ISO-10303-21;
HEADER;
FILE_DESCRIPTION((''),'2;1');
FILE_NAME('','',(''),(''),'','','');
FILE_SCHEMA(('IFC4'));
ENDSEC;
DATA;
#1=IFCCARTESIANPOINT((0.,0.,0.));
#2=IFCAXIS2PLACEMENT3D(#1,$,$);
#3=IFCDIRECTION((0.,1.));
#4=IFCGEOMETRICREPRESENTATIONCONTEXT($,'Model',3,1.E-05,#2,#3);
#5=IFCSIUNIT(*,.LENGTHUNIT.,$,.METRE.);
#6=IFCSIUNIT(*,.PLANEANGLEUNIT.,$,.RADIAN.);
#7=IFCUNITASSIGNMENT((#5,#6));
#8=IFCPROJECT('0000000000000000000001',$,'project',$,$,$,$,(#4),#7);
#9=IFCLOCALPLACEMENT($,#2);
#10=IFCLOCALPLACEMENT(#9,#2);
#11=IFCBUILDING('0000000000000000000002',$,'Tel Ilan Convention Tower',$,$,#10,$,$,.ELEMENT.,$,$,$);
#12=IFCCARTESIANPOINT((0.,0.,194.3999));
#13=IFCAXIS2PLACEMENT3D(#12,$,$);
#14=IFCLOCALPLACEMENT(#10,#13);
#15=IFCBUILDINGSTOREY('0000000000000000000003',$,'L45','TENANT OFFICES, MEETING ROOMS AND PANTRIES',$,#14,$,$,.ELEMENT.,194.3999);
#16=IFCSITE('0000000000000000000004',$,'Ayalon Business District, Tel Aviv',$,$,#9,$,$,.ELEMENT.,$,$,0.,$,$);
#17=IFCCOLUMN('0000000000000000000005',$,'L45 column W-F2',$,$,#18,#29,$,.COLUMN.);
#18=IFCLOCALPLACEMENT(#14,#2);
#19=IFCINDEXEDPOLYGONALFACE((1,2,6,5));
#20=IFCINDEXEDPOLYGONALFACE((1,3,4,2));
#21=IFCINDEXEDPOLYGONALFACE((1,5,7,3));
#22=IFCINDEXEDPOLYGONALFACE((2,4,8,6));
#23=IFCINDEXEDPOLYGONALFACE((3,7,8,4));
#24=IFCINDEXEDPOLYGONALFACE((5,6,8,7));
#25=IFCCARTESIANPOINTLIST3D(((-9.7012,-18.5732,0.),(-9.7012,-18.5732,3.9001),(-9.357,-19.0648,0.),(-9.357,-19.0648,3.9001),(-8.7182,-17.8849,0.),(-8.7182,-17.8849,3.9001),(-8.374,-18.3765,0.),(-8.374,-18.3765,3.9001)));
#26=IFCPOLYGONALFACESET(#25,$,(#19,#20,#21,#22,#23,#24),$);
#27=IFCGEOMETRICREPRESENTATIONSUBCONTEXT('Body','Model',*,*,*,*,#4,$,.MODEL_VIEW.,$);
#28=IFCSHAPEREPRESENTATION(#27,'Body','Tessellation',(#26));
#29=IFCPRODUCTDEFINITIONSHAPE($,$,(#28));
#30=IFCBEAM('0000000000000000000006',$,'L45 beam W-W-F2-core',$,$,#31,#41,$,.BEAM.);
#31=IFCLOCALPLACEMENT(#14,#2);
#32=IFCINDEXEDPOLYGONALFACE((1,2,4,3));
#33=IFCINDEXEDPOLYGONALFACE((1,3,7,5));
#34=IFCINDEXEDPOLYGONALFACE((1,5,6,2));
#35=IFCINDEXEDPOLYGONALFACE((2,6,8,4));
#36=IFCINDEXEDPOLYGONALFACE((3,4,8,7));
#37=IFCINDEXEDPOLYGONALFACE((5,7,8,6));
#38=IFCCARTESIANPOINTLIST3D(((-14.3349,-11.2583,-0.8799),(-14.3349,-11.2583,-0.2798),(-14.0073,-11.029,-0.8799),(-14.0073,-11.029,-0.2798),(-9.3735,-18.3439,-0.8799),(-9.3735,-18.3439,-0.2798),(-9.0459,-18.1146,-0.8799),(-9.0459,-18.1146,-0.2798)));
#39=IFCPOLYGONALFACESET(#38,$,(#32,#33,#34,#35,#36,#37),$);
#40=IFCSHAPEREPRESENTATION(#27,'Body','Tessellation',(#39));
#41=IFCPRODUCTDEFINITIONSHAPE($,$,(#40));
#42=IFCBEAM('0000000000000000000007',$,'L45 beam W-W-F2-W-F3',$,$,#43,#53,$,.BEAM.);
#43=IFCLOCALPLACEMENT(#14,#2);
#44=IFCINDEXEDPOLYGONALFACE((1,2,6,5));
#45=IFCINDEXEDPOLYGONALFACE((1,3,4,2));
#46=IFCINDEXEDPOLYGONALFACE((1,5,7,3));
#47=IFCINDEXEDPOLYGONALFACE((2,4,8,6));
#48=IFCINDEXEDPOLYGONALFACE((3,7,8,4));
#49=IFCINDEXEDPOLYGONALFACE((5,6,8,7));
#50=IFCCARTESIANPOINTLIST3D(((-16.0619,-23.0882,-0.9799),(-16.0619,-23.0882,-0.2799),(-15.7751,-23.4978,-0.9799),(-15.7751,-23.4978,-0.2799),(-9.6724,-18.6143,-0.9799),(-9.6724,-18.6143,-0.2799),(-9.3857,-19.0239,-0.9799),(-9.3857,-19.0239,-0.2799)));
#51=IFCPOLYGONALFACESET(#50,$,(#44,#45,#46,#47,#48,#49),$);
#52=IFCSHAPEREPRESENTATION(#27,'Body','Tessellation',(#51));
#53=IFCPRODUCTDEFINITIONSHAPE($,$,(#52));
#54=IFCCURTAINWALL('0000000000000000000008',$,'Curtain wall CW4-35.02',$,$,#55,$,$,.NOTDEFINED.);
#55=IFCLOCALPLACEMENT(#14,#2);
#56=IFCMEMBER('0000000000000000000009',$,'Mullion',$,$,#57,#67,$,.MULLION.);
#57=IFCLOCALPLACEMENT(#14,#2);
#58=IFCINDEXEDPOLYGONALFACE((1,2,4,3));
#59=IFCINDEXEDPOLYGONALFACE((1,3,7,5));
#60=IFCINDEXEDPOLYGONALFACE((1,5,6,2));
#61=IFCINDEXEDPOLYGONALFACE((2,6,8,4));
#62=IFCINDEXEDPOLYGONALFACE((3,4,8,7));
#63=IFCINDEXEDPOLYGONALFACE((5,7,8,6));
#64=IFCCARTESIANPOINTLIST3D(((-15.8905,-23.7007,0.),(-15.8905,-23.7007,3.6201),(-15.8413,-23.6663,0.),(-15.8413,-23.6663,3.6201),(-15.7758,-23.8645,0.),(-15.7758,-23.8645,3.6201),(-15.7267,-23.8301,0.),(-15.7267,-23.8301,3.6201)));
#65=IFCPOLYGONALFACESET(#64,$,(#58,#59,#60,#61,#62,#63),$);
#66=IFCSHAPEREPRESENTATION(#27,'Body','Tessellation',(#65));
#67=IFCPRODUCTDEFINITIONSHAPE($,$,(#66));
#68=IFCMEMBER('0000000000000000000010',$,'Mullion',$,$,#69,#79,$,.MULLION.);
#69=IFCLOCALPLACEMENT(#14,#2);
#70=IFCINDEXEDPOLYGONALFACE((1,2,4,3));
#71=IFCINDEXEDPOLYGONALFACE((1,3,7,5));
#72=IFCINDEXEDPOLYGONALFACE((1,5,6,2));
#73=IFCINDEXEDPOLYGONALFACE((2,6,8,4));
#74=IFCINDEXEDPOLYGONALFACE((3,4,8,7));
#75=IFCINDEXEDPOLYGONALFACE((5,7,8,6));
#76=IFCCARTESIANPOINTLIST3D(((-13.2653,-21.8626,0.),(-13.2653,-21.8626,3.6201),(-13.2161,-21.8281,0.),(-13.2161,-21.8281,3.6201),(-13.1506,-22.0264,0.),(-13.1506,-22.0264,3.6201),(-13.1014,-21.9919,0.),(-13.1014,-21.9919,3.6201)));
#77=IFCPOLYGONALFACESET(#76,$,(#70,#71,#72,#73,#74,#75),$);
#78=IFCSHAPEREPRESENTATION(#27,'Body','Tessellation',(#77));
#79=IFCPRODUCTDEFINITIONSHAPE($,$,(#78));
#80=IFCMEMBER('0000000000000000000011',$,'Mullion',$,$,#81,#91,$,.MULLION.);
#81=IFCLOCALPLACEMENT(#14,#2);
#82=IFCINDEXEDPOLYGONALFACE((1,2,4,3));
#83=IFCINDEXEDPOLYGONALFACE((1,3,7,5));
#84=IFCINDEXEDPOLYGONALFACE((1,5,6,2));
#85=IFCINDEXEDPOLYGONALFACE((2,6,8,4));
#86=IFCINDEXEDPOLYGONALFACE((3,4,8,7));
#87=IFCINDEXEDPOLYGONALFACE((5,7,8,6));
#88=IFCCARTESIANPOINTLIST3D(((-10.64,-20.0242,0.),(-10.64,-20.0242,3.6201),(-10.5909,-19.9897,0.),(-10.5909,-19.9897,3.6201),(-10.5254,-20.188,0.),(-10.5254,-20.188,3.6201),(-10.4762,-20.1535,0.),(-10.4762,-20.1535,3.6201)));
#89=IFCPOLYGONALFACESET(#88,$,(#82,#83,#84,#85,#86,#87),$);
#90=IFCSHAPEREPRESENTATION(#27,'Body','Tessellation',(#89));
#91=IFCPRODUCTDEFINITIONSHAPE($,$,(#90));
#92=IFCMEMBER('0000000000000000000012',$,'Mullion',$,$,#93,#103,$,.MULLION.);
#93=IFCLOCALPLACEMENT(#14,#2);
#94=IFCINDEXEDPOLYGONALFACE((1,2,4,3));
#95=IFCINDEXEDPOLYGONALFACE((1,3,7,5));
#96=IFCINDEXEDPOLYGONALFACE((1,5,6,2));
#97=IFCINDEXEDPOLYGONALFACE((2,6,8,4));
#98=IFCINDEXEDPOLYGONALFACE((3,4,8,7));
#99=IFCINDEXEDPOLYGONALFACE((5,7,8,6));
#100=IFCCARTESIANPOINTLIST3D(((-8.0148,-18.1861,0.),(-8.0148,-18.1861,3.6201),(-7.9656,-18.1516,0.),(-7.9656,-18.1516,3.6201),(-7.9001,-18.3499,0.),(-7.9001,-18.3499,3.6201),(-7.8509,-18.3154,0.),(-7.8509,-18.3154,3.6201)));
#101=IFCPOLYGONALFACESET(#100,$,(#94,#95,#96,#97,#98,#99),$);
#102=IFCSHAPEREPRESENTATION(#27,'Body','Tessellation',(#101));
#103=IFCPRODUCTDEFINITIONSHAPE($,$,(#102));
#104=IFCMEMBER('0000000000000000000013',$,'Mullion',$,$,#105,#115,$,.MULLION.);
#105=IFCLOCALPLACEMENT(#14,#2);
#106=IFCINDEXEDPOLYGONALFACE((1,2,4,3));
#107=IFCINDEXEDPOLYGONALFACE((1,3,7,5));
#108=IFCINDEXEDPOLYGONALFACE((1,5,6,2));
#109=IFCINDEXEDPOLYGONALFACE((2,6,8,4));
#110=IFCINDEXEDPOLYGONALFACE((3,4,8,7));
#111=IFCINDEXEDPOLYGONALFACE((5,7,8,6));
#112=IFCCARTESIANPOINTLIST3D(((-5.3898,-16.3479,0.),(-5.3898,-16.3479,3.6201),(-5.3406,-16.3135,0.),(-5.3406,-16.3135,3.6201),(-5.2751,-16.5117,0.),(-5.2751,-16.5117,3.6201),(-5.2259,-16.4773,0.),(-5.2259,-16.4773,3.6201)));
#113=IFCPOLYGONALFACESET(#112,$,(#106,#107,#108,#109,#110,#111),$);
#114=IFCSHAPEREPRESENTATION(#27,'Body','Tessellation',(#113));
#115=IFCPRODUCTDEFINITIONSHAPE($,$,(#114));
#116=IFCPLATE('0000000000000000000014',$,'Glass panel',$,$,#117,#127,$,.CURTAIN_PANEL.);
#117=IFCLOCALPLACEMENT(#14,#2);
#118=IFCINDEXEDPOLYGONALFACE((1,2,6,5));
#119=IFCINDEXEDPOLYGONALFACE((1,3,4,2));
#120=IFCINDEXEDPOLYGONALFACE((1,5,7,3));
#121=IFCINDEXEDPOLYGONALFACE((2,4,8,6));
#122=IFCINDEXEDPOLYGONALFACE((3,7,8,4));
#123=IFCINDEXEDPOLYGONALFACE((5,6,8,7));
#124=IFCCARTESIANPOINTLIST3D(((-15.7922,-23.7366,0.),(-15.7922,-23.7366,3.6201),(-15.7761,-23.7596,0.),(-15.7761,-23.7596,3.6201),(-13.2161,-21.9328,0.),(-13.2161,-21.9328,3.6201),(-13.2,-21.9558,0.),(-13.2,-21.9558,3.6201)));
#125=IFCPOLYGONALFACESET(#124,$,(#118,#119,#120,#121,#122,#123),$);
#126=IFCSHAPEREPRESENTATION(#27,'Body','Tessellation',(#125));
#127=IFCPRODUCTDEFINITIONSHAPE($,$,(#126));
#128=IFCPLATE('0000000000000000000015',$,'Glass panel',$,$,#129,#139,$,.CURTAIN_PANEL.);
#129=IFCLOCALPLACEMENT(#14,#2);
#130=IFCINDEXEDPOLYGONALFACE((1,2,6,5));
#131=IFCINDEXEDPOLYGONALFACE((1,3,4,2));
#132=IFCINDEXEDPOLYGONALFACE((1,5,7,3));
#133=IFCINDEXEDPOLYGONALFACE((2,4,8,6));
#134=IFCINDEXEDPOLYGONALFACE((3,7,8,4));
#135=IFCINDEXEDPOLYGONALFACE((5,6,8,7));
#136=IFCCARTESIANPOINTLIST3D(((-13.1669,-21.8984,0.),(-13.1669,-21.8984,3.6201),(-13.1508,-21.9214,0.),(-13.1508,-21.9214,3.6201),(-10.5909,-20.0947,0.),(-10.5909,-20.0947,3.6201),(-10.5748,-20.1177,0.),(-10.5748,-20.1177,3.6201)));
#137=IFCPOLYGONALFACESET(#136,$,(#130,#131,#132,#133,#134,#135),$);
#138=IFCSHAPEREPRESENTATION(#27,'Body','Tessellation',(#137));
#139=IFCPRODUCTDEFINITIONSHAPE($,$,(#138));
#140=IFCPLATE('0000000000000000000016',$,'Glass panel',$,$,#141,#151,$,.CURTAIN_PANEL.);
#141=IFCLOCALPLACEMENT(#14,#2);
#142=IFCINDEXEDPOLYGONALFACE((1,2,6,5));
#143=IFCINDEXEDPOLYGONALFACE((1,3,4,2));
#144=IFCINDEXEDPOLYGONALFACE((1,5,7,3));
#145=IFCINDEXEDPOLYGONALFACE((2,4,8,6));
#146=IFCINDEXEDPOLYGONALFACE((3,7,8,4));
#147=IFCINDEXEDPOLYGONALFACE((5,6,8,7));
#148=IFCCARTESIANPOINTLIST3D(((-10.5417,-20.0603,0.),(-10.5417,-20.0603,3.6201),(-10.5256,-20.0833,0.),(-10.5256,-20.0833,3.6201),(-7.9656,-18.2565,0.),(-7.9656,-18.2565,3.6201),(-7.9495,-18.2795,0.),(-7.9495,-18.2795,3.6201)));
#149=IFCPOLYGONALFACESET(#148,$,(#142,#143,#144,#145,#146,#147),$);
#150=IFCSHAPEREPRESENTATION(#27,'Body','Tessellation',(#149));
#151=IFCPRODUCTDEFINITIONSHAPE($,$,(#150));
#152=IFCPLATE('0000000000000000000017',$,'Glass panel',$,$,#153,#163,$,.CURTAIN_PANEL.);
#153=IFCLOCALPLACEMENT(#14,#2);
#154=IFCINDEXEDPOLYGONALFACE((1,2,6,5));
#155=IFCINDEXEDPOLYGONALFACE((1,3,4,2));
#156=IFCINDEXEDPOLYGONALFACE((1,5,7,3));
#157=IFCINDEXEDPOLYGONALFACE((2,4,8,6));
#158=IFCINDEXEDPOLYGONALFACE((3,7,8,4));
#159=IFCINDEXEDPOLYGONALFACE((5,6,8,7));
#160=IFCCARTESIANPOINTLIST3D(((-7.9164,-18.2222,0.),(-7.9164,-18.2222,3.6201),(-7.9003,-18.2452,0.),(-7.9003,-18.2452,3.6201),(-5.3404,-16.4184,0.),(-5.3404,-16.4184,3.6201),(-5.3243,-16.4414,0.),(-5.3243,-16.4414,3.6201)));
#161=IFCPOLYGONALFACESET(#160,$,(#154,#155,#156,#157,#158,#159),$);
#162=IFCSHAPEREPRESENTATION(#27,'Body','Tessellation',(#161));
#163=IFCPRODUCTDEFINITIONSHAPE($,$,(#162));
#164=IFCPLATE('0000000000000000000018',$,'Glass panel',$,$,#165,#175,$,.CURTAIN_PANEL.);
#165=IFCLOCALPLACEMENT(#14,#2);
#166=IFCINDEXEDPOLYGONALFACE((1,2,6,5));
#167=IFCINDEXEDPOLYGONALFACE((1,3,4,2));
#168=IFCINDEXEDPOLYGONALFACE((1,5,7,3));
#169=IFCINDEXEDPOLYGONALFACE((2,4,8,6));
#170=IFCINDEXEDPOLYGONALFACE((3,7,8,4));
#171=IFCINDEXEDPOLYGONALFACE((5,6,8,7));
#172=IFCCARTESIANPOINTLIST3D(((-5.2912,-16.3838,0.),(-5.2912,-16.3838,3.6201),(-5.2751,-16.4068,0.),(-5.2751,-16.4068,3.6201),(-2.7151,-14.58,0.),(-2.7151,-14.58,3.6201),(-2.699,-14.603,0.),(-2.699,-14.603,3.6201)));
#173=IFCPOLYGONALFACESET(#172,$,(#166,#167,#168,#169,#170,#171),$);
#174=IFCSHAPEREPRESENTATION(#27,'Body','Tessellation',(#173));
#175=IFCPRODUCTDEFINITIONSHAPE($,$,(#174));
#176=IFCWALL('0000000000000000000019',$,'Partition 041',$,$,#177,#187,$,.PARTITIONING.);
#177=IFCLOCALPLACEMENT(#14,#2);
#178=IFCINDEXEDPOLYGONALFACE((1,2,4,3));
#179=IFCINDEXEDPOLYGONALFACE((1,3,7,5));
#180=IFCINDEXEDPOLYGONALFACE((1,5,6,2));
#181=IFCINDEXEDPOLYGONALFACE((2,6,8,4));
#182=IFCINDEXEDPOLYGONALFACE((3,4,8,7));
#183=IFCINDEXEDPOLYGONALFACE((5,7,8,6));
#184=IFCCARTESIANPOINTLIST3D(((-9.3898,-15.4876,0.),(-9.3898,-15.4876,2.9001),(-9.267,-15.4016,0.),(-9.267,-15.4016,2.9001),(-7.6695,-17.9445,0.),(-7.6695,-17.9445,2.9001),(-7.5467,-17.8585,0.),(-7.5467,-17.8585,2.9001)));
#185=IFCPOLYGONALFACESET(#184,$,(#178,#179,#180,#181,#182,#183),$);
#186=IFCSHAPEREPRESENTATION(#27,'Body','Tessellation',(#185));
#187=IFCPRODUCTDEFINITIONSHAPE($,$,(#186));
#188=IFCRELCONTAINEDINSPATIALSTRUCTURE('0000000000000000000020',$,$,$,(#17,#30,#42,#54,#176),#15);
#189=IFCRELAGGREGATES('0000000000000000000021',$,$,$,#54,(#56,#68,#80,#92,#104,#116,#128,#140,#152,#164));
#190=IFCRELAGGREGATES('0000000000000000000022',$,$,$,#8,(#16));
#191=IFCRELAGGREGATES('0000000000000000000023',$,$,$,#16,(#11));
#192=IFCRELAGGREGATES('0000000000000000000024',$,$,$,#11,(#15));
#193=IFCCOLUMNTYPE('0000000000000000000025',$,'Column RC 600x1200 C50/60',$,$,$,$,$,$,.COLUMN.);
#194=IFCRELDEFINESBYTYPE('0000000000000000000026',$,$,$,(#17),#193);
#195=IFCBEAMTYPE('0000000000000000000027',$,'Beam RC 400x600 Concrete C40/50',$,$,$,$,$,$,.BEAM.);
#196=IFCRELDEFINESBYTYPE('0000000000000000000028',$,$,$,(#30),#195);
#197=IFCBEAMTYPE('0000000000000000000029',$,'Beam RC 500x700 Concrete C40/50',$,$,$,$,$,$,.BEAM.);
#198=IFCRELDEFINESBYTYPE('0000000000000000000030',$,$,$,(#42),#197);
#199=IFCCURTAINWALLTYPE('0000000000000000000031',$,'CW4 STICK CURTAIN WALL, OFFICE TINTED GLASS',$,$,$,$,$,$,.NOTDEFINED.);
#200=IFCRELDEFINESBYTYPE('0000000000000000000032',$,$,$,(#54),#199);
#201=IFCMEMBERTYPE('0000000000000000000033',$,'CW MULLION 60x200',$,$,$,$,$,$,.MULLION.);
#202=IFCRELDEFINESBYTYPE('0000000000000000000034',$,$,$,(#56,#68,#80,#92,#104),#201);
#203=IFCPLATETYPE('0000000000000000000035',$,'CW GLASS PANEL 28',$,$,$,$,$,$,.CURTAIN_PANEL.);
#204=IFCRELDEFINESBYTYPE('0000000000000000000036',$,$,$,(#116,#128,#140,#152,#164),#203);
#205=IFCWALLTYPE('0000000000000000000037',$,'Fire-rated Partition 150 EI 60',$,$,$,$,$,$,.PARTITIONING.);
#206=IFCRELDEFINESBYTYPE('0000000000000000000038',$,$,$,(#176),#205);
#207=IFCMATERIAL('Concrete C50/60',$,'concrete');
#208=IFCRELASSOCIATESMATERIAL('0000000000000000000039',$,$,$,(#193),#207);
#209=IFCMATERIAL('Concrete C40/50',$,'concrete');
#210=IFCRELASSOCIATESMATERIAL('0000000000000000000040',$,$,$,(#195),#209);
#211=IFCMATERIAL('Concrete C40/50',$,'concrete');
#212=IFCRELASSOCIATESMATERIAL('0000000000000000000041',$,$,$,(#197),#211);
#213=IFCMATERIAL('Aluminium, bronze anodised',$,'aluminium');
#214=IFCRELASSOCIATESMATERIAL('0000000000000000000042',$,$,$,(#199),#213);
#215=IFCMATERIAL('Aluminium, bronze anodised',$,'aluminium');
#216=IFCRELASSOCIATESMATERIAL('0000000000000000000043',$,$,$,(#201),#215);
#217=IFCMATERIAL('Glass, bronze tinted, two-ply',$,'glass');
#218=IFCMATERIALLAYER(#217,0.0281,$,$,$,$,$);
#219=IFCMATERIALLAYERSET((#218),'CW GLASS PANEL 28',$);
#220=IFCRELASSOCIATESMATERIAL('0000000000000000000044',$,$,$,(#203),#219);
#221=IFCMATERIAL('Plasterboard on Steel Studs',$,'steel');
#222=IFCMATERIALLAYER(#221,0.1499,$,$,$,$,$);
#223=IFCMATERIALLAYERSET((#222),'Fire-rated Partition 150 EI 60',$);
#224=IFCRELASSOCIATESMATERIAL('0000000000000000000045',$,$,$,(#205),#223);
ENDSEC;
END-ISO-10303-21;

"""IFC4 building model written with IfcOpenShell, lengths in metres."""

from ifc_helpers import new_model, si_unit, direction, frame, frame_2d, origin, origin_2d, place, context, subcontext, project, spatial, rectangle, extrude, material, layer, layer_set, material_profile, profile_set, type_object, element, aggregate, save


model = new_model("IFC4")

# Units and contexts
model_context = context("Model", 3, precision=1e-05, world=origin(), true_north=direction((0.0, 1.0)))
body_context = subcontext(model_context, "Body", "Model", "MODEL_VIEW")
ifc_project = project(units=[si_unit("LENGTHUNIT", "METRE"), si_unit("PLANEANGLEUNIT", "RADIAN")], contexts=[model_context])

# Site, building, storey
site_placement = place(None, origin())
site = spatial("IfcSite", under=ifc_project, at=site_placement, Name="Ayalon Business District, Tel Aviv", CompositionType="ELEMENT", RefElevation=0.0)
building_placement = place(site_placement, origin())
building = spatial("IfcBuilding", under=site, at=building_placement, Name="Tel Ilan Convention Tower", CompositionType="ELEMENT")
storey_placement = place(building_placement, frame((0.0, 0.0, 194.3999)))
storey = spatial("IfcBuildingStorey", under=building, at=storey_placement, Name="L45", Description="TENANT OFFICES, MEETING ROOMS AND PANTRIES", CompositionType="ELEMENT", Elevation=194.3999)

# Column
ifc_material_1 = material(Name="Concrete C50/60", Category="concrete")
ifc_material_profile_1 = material_profile(ifc_material_1, rectangle(XDim=1.2, YDim=0.6001, at=origin_2d()), Name="RC 600x1200")
ifc_profile_set_1 = profile_set([ifc_material_profile_1], Name="Concrete C50/60")
column_type = type_object("IfcColumnType", Name="Column RC 600x1200 C50/60", PredefinedType="COLUMN", material=ifc_profile_set_1)
column_placement = place(storey_placement, frame((-9.0376, -18.4749, 0.0), z_axis=(0.0, 0.0, 1.0), x_axis=(-0.819152, -0.573576, 0.0)))
element("IfcColumn", 1, at=column_placement, inside=storey, type_object=column_type, Name="L45 column W-F2", PredefinedType="COLUMN", context=body_context, shape_type="SweptSolid", body=[
    extrude(rectangle(XDim=1.2, YDim=0.6001, at=origin_2d()), origin(), (0.0, 0.0, 1.0), 3.9001),
])

# Beams
ifc_material_2 = material(Name="Concrete C40/50", Category="concrete")
ifc_material_profile_2 = material_profile(ifc_material_2, rectangle(XDim=0.3999, YDim=0.6001, at=origin_2d()), Name="RC 400x600")
ifc_profile_set_2 = profile_set([ifc_material_profile_2], Name="Concrete C40/50")
beam_type_1 = type_object("IfcBeamType", Name="Beam RC 400x600 Concrete C40/50", PredefinedType="BEAM", material=ifc_profile_set_2)
beam_1_placement = place(storey_placement, frame((-9.2097, -18.2292, -0.5798), z_axis=(-0.573574, 0.819154, 0.0), x_axis=(-0.819154, -0.573574, 0.0)))
element("IfcBeam", 2, at=beam_1_placement, inside=storey, type_object=beam_type_1, Name="L45 beam W-W-F2-core", PredefinedType="BEAM", context=body_context, shape_type="SweptSolid", body=[
    extrude(rectangle(XDim=0.3999, YDim=0.6001, at=origin_2d()), origin(), (0.0, 0.0, 1.0), 8.6499),
])
ifc_material_3 = material(Name="Concrete C40/50", Category="concrete")
ifc_material_profile_3 = material_profile(ifc_material_3, rectangle(XDim=0.5, YDim=0.7, at=origin_2d()), Name="RC 500x700")
ifc_profile_set_3 = profile_set([ifc_material_profile_3], Name="Concrete C40/50")
beam_type_2 = type_object("IfcBeamType", Name="Beam RC 500x700 Concrete C40/50", PredefinedType="BEAM", material=ifc_profile_set_3)
beam_2_placement = place(storey_placement, frame((-9.5291, -18.8191, -0.6299), z_axis=(-0.819154, -0.573574, 0.0), x_axis=(0.573574, -0.819154, 0.0)))
element("IfcBeam", 3, at=beam_2_placement, inside=storey, type_object=beam_type_2, Name="L45 beam W-W-F2-W-F3", PredefinedType="BEAM", context=body_context, shape_type="SweptSolid", body=[
    extrude(rectangle(XDim=0.5, YDim=0.7, at=origin_2d()), origin(), (0.0, 0.0, 1.0), 7.8),
])

# Curtain wall, members, plates
ifc_material_4 = material(Name="Aluminium, bronze anodised", Category="aluminium")
curtain_wall_type = type_object("IfcCurtainWallType", Name="CW4 STICK CURTAIN WALL, OFFICE TINTED GLASS", PredefinedType="NOTDEFINED", material=ifc_material_4)
curtain_wall_placement = place(storey_placement, origin())
curtain_wall = element("IfcCurtainWall", 4, at=curtain_wall_placement, inside=storey, type_object=curtain_wall_type, Name="Curtain wall CW4-35.02", PredefinedType="NOTDEFINED")
ifc_material_5 = material(Name="Aluminium, bronze anodised", Category="aluminium")
ifc_material_profile_4 = material_profile(ifc_material_5, rectangle(XDim=0.0601, YDim=0.2, at=origin_2d()), Name="CW MULLION 60x200")
ifc_profile_set_4 = profile_set([ifc_material_profile_4], Name="Aluminium, bronze anodised")
member_type = type_object("IfcMemberType", Name="CW MULLION 60x200", PredefinedType="MULLION", material=ifc_profile_set_4)
member_1_placement = place(storey_placement, frame((-15.8086, -23.7654, 0.0), z_axis=(0.0, 0.0, 1.0), x_axis=(0.819152, 0.573576, 0.0)))
member_1 = element("IfcMember", 5, at=member_1_placement, type_object=member_type, Name="Mullion", PredefinedType="MULLION", context=body_context, shape_type="SweptSolid", body=[
    extrude(rectangle(XDim=0.0601, YDim=0.2, at=origin_2d()), origin(), (0.0, 0.0, 1.0), 3.6201),
])
member_2_placement = place(storey_placement, frame((-13.1833, -21.9272, 0.0), z_axis=(0.0, 0.0, 1.0), x_axis=(0.819152, 0.573576, 0.0)))
member_2 = element("IfcMember", 6, at=member_2_placement, type_object=member_type, Name="Mullion", PredefinedType="MULLION", context=body_context, shape_type="SweptSolid", body=[
    extrude(rectangle(XDim=0.0601, YDim=0.2, at=origin_2d()), origin(), (0.0, 0.0, 1.0), 3.6201),
])
member_3_placement = place(storey_placement, frame((-10.5581, -20.0889, 0.0), z_axis=(0.0, 0.0, 1.0), x_axis=(0.819152, 0.573576, 0.0)))
member_3 = element("IfcMember", 7, at=member_3_placement, type_object=member_type, Name="Mullion", PredefinedType="MULLION", context=body_context, shape_type="SweptSolid", body=[
    extrude(rectangle(XDim=0.0601, YDim=0.2, at=origin_2d()), origin(), (0.0, 0.0, 1.0), 3.6201),
])
member_4_placement = place(storey_placement, frame((-7.9329, -18.2507, 0.0), z_axis=(0.0, 0.0, 1.0), x_axis=(0.819152, 0.573576, 0.0)))
member_4 = element("IfcMember", 8, at=member_4_placement, type_object=member_type, Name="Mullion", PredefinedType="MULLION", context=body_context, shape_type="SweptSolid", body=[
    extrude(rectangle(XDim=0.0601, YDim=0.2, at=origin_2d()), origin(), (0.0, 0.0, 1.0), 3.6201),
])
member_5_placement = place(storey_placement, frame((-5.3079, -16.4126, 0.0), z_axis=(0.0, 0.0, 1.0), x_axis=(0.819152, 0.573576, 0.0)))
member_5 = element("IfcMember", 9, at=member_5_placement, type_object=member_type, Name="Mullion", PredefinedType="MULLION", context=body_context, shape_type="SweptSolid", body=[
    extrude(rectangle(XDim=0.0601, YDim=0.2, at=origin_2d()), origin(), (0.0, 0.0, 1.0), 3.6201),
])
ifc_material_6 = material(Name="Glass, bronze tinted, two-ply", Category="glass")
ifc_layer_1 = layer(ifc_material_6, 0.0281)
ifc_layer_set_1 = layer_set([ifc_layer_1], Name="CW GLASS PANEL 28")
plate_type = type_object("IfcPlateType", Name="CW GLASS PANEL 28", PredefinedType="CURTAIN_PANEL", material=ifc_layer_set_1)
plate_1_placement = place(storey_placement, frame((-14.4961, -22.8462, 0.0), z_axis=(0.0, 0.0, 1.0), x_axis=(0.819152, 0.573576, 0.0)))
plate_1 = element("IfcPlate", 10, at=plate_1_placement, type_object=plate_type, Name="Glass panel", PredefinedType="CURTAIN_PANEL", context=body_context, shape_type="SweptSolid", body=[
    extrude(rectangle(XDim=3.1448, YDim=0.0281, at=origin_2d()), origin(), (0.0, 0.0, 1.0), 3.6201),
])
plate_2_placement = place(storey_placement, frame((-11.8708, -21.0081, 0.0), z_axis=(0.0, 0.0, 1.0), x_axis=(0.819152, 0.573576, 0.0)))
plate_2 = element("IfcPlate", 11, at=plate_2_placement, type_object=plate_type, Name="Glass panel", PredefinedType="CURTAIN_PANEL", context=body_context, shape_type="SweptSolid", body=[
    extrude(rectangle(XDim=3.1448, YDim=0.0281, at=origin_2d()), origin(), (0.0, 0.0, 1.0), 3.6201),
])
plate_3_placement = place(storey_placement, frame((-9.2456, -19.1699, 0.0), z_axis=(0.0, 0.0, 1.0), x_axis=(0.819152, 0.573576, 0.0)))
plate_3 = element("IfcPlate", 12, at=plate_3_placement, type_object=plate_type, Name="Glass panel", PredefinedType="CURTAIN_PANEL", context=body_context, shape_type="SweptSolid", body=[
    extrude(rectangle(XDim=3.1448, YDim=0.0281, at=origin_2d()), origin(), (0.0, 0.0, 1.0), 3.6201),
])
plate_4_placement = place(storey_placement, frame((-6.6204, -17.3318, 0.0), z_axis=(0.0, 0.0, 1.0), x_axis=(0.819152, 0.573576, 0.0)))
plate_4 = element("IfcPlate", 13, at=plate_4_placement, type_object=plate_type, Name="Glass panel", PredefinedType="CURTAIN_PANEL", context=body_context, shape_type="SweptSolid", body=[
    extrude(rectangle(XDim=3.1448, YDim=0.0281, at=origin_2d()), origin(), (0.0, 0.0, 1.0), 3.6201),
])
plate_5_placement = place(storey_placement, frame((-3.9951, -15.4934, 0.0), z_axis=(0.0, 0.0, 1.0), x_axis=(0.819152, 0.573576, 0.0)))
plate_5 = element("IfcPlate", 14, at=plate_5_placement, type_object=plate_type, Name="Glass panel", PredefinedType="CURTAIN_PANEL", context=body_context, shape_type="SweptSolid", body=[
    extrude(rectangle(XDim=3.1448, YDim=0.0281, at=origin_2d()), origin(), (0.0, 0.0, 1.0), 3.6201),
])
aggregate(curtain_wall, [member_1, member_2, member_3, member_4, member_5, plate_1, plate_2, plate_3, plate_4, plate_5])

# Wall
ifc_material_7 = material(Name="Plasterboard on Steel Studs", Category="steel")
ifc_layer_2 = layer(ifc_material_7, 0.1499)
ifc_layer_set_2 = layer_set([ifc_layer_2], Name="Fire-rated Partition 150 EI 60")
wall_type_1 = type_object("IfcWallType", Name="Fire-rated Partition 150 EI 60", PredefinedType="PARTITIONING", material=ifc_layer_set_2)
wall_1_placement = place(storey_placement, frame((-7.6082, -17.9014, 0.0), z_axis=(0.0, 0.0, 1.0), x_axis=(-0.573566, 0.819159, 0.0)))
element("IfcWall", 15, at=wall_1_placement, inside=storey, type_object=wall_type_1, Name="Partition 041", PredefinedType="PARTITIONING", context=body_context, shape_type="SweptSolid", body=[
    extrude(rectangle(XDim=2.9993, YDim=0.1499, at=frame_2d((1.4995, 0.0))), origin(), (0.0, 0.0, 1.0), 2.9001),
])

save(model, "model.ifc")
